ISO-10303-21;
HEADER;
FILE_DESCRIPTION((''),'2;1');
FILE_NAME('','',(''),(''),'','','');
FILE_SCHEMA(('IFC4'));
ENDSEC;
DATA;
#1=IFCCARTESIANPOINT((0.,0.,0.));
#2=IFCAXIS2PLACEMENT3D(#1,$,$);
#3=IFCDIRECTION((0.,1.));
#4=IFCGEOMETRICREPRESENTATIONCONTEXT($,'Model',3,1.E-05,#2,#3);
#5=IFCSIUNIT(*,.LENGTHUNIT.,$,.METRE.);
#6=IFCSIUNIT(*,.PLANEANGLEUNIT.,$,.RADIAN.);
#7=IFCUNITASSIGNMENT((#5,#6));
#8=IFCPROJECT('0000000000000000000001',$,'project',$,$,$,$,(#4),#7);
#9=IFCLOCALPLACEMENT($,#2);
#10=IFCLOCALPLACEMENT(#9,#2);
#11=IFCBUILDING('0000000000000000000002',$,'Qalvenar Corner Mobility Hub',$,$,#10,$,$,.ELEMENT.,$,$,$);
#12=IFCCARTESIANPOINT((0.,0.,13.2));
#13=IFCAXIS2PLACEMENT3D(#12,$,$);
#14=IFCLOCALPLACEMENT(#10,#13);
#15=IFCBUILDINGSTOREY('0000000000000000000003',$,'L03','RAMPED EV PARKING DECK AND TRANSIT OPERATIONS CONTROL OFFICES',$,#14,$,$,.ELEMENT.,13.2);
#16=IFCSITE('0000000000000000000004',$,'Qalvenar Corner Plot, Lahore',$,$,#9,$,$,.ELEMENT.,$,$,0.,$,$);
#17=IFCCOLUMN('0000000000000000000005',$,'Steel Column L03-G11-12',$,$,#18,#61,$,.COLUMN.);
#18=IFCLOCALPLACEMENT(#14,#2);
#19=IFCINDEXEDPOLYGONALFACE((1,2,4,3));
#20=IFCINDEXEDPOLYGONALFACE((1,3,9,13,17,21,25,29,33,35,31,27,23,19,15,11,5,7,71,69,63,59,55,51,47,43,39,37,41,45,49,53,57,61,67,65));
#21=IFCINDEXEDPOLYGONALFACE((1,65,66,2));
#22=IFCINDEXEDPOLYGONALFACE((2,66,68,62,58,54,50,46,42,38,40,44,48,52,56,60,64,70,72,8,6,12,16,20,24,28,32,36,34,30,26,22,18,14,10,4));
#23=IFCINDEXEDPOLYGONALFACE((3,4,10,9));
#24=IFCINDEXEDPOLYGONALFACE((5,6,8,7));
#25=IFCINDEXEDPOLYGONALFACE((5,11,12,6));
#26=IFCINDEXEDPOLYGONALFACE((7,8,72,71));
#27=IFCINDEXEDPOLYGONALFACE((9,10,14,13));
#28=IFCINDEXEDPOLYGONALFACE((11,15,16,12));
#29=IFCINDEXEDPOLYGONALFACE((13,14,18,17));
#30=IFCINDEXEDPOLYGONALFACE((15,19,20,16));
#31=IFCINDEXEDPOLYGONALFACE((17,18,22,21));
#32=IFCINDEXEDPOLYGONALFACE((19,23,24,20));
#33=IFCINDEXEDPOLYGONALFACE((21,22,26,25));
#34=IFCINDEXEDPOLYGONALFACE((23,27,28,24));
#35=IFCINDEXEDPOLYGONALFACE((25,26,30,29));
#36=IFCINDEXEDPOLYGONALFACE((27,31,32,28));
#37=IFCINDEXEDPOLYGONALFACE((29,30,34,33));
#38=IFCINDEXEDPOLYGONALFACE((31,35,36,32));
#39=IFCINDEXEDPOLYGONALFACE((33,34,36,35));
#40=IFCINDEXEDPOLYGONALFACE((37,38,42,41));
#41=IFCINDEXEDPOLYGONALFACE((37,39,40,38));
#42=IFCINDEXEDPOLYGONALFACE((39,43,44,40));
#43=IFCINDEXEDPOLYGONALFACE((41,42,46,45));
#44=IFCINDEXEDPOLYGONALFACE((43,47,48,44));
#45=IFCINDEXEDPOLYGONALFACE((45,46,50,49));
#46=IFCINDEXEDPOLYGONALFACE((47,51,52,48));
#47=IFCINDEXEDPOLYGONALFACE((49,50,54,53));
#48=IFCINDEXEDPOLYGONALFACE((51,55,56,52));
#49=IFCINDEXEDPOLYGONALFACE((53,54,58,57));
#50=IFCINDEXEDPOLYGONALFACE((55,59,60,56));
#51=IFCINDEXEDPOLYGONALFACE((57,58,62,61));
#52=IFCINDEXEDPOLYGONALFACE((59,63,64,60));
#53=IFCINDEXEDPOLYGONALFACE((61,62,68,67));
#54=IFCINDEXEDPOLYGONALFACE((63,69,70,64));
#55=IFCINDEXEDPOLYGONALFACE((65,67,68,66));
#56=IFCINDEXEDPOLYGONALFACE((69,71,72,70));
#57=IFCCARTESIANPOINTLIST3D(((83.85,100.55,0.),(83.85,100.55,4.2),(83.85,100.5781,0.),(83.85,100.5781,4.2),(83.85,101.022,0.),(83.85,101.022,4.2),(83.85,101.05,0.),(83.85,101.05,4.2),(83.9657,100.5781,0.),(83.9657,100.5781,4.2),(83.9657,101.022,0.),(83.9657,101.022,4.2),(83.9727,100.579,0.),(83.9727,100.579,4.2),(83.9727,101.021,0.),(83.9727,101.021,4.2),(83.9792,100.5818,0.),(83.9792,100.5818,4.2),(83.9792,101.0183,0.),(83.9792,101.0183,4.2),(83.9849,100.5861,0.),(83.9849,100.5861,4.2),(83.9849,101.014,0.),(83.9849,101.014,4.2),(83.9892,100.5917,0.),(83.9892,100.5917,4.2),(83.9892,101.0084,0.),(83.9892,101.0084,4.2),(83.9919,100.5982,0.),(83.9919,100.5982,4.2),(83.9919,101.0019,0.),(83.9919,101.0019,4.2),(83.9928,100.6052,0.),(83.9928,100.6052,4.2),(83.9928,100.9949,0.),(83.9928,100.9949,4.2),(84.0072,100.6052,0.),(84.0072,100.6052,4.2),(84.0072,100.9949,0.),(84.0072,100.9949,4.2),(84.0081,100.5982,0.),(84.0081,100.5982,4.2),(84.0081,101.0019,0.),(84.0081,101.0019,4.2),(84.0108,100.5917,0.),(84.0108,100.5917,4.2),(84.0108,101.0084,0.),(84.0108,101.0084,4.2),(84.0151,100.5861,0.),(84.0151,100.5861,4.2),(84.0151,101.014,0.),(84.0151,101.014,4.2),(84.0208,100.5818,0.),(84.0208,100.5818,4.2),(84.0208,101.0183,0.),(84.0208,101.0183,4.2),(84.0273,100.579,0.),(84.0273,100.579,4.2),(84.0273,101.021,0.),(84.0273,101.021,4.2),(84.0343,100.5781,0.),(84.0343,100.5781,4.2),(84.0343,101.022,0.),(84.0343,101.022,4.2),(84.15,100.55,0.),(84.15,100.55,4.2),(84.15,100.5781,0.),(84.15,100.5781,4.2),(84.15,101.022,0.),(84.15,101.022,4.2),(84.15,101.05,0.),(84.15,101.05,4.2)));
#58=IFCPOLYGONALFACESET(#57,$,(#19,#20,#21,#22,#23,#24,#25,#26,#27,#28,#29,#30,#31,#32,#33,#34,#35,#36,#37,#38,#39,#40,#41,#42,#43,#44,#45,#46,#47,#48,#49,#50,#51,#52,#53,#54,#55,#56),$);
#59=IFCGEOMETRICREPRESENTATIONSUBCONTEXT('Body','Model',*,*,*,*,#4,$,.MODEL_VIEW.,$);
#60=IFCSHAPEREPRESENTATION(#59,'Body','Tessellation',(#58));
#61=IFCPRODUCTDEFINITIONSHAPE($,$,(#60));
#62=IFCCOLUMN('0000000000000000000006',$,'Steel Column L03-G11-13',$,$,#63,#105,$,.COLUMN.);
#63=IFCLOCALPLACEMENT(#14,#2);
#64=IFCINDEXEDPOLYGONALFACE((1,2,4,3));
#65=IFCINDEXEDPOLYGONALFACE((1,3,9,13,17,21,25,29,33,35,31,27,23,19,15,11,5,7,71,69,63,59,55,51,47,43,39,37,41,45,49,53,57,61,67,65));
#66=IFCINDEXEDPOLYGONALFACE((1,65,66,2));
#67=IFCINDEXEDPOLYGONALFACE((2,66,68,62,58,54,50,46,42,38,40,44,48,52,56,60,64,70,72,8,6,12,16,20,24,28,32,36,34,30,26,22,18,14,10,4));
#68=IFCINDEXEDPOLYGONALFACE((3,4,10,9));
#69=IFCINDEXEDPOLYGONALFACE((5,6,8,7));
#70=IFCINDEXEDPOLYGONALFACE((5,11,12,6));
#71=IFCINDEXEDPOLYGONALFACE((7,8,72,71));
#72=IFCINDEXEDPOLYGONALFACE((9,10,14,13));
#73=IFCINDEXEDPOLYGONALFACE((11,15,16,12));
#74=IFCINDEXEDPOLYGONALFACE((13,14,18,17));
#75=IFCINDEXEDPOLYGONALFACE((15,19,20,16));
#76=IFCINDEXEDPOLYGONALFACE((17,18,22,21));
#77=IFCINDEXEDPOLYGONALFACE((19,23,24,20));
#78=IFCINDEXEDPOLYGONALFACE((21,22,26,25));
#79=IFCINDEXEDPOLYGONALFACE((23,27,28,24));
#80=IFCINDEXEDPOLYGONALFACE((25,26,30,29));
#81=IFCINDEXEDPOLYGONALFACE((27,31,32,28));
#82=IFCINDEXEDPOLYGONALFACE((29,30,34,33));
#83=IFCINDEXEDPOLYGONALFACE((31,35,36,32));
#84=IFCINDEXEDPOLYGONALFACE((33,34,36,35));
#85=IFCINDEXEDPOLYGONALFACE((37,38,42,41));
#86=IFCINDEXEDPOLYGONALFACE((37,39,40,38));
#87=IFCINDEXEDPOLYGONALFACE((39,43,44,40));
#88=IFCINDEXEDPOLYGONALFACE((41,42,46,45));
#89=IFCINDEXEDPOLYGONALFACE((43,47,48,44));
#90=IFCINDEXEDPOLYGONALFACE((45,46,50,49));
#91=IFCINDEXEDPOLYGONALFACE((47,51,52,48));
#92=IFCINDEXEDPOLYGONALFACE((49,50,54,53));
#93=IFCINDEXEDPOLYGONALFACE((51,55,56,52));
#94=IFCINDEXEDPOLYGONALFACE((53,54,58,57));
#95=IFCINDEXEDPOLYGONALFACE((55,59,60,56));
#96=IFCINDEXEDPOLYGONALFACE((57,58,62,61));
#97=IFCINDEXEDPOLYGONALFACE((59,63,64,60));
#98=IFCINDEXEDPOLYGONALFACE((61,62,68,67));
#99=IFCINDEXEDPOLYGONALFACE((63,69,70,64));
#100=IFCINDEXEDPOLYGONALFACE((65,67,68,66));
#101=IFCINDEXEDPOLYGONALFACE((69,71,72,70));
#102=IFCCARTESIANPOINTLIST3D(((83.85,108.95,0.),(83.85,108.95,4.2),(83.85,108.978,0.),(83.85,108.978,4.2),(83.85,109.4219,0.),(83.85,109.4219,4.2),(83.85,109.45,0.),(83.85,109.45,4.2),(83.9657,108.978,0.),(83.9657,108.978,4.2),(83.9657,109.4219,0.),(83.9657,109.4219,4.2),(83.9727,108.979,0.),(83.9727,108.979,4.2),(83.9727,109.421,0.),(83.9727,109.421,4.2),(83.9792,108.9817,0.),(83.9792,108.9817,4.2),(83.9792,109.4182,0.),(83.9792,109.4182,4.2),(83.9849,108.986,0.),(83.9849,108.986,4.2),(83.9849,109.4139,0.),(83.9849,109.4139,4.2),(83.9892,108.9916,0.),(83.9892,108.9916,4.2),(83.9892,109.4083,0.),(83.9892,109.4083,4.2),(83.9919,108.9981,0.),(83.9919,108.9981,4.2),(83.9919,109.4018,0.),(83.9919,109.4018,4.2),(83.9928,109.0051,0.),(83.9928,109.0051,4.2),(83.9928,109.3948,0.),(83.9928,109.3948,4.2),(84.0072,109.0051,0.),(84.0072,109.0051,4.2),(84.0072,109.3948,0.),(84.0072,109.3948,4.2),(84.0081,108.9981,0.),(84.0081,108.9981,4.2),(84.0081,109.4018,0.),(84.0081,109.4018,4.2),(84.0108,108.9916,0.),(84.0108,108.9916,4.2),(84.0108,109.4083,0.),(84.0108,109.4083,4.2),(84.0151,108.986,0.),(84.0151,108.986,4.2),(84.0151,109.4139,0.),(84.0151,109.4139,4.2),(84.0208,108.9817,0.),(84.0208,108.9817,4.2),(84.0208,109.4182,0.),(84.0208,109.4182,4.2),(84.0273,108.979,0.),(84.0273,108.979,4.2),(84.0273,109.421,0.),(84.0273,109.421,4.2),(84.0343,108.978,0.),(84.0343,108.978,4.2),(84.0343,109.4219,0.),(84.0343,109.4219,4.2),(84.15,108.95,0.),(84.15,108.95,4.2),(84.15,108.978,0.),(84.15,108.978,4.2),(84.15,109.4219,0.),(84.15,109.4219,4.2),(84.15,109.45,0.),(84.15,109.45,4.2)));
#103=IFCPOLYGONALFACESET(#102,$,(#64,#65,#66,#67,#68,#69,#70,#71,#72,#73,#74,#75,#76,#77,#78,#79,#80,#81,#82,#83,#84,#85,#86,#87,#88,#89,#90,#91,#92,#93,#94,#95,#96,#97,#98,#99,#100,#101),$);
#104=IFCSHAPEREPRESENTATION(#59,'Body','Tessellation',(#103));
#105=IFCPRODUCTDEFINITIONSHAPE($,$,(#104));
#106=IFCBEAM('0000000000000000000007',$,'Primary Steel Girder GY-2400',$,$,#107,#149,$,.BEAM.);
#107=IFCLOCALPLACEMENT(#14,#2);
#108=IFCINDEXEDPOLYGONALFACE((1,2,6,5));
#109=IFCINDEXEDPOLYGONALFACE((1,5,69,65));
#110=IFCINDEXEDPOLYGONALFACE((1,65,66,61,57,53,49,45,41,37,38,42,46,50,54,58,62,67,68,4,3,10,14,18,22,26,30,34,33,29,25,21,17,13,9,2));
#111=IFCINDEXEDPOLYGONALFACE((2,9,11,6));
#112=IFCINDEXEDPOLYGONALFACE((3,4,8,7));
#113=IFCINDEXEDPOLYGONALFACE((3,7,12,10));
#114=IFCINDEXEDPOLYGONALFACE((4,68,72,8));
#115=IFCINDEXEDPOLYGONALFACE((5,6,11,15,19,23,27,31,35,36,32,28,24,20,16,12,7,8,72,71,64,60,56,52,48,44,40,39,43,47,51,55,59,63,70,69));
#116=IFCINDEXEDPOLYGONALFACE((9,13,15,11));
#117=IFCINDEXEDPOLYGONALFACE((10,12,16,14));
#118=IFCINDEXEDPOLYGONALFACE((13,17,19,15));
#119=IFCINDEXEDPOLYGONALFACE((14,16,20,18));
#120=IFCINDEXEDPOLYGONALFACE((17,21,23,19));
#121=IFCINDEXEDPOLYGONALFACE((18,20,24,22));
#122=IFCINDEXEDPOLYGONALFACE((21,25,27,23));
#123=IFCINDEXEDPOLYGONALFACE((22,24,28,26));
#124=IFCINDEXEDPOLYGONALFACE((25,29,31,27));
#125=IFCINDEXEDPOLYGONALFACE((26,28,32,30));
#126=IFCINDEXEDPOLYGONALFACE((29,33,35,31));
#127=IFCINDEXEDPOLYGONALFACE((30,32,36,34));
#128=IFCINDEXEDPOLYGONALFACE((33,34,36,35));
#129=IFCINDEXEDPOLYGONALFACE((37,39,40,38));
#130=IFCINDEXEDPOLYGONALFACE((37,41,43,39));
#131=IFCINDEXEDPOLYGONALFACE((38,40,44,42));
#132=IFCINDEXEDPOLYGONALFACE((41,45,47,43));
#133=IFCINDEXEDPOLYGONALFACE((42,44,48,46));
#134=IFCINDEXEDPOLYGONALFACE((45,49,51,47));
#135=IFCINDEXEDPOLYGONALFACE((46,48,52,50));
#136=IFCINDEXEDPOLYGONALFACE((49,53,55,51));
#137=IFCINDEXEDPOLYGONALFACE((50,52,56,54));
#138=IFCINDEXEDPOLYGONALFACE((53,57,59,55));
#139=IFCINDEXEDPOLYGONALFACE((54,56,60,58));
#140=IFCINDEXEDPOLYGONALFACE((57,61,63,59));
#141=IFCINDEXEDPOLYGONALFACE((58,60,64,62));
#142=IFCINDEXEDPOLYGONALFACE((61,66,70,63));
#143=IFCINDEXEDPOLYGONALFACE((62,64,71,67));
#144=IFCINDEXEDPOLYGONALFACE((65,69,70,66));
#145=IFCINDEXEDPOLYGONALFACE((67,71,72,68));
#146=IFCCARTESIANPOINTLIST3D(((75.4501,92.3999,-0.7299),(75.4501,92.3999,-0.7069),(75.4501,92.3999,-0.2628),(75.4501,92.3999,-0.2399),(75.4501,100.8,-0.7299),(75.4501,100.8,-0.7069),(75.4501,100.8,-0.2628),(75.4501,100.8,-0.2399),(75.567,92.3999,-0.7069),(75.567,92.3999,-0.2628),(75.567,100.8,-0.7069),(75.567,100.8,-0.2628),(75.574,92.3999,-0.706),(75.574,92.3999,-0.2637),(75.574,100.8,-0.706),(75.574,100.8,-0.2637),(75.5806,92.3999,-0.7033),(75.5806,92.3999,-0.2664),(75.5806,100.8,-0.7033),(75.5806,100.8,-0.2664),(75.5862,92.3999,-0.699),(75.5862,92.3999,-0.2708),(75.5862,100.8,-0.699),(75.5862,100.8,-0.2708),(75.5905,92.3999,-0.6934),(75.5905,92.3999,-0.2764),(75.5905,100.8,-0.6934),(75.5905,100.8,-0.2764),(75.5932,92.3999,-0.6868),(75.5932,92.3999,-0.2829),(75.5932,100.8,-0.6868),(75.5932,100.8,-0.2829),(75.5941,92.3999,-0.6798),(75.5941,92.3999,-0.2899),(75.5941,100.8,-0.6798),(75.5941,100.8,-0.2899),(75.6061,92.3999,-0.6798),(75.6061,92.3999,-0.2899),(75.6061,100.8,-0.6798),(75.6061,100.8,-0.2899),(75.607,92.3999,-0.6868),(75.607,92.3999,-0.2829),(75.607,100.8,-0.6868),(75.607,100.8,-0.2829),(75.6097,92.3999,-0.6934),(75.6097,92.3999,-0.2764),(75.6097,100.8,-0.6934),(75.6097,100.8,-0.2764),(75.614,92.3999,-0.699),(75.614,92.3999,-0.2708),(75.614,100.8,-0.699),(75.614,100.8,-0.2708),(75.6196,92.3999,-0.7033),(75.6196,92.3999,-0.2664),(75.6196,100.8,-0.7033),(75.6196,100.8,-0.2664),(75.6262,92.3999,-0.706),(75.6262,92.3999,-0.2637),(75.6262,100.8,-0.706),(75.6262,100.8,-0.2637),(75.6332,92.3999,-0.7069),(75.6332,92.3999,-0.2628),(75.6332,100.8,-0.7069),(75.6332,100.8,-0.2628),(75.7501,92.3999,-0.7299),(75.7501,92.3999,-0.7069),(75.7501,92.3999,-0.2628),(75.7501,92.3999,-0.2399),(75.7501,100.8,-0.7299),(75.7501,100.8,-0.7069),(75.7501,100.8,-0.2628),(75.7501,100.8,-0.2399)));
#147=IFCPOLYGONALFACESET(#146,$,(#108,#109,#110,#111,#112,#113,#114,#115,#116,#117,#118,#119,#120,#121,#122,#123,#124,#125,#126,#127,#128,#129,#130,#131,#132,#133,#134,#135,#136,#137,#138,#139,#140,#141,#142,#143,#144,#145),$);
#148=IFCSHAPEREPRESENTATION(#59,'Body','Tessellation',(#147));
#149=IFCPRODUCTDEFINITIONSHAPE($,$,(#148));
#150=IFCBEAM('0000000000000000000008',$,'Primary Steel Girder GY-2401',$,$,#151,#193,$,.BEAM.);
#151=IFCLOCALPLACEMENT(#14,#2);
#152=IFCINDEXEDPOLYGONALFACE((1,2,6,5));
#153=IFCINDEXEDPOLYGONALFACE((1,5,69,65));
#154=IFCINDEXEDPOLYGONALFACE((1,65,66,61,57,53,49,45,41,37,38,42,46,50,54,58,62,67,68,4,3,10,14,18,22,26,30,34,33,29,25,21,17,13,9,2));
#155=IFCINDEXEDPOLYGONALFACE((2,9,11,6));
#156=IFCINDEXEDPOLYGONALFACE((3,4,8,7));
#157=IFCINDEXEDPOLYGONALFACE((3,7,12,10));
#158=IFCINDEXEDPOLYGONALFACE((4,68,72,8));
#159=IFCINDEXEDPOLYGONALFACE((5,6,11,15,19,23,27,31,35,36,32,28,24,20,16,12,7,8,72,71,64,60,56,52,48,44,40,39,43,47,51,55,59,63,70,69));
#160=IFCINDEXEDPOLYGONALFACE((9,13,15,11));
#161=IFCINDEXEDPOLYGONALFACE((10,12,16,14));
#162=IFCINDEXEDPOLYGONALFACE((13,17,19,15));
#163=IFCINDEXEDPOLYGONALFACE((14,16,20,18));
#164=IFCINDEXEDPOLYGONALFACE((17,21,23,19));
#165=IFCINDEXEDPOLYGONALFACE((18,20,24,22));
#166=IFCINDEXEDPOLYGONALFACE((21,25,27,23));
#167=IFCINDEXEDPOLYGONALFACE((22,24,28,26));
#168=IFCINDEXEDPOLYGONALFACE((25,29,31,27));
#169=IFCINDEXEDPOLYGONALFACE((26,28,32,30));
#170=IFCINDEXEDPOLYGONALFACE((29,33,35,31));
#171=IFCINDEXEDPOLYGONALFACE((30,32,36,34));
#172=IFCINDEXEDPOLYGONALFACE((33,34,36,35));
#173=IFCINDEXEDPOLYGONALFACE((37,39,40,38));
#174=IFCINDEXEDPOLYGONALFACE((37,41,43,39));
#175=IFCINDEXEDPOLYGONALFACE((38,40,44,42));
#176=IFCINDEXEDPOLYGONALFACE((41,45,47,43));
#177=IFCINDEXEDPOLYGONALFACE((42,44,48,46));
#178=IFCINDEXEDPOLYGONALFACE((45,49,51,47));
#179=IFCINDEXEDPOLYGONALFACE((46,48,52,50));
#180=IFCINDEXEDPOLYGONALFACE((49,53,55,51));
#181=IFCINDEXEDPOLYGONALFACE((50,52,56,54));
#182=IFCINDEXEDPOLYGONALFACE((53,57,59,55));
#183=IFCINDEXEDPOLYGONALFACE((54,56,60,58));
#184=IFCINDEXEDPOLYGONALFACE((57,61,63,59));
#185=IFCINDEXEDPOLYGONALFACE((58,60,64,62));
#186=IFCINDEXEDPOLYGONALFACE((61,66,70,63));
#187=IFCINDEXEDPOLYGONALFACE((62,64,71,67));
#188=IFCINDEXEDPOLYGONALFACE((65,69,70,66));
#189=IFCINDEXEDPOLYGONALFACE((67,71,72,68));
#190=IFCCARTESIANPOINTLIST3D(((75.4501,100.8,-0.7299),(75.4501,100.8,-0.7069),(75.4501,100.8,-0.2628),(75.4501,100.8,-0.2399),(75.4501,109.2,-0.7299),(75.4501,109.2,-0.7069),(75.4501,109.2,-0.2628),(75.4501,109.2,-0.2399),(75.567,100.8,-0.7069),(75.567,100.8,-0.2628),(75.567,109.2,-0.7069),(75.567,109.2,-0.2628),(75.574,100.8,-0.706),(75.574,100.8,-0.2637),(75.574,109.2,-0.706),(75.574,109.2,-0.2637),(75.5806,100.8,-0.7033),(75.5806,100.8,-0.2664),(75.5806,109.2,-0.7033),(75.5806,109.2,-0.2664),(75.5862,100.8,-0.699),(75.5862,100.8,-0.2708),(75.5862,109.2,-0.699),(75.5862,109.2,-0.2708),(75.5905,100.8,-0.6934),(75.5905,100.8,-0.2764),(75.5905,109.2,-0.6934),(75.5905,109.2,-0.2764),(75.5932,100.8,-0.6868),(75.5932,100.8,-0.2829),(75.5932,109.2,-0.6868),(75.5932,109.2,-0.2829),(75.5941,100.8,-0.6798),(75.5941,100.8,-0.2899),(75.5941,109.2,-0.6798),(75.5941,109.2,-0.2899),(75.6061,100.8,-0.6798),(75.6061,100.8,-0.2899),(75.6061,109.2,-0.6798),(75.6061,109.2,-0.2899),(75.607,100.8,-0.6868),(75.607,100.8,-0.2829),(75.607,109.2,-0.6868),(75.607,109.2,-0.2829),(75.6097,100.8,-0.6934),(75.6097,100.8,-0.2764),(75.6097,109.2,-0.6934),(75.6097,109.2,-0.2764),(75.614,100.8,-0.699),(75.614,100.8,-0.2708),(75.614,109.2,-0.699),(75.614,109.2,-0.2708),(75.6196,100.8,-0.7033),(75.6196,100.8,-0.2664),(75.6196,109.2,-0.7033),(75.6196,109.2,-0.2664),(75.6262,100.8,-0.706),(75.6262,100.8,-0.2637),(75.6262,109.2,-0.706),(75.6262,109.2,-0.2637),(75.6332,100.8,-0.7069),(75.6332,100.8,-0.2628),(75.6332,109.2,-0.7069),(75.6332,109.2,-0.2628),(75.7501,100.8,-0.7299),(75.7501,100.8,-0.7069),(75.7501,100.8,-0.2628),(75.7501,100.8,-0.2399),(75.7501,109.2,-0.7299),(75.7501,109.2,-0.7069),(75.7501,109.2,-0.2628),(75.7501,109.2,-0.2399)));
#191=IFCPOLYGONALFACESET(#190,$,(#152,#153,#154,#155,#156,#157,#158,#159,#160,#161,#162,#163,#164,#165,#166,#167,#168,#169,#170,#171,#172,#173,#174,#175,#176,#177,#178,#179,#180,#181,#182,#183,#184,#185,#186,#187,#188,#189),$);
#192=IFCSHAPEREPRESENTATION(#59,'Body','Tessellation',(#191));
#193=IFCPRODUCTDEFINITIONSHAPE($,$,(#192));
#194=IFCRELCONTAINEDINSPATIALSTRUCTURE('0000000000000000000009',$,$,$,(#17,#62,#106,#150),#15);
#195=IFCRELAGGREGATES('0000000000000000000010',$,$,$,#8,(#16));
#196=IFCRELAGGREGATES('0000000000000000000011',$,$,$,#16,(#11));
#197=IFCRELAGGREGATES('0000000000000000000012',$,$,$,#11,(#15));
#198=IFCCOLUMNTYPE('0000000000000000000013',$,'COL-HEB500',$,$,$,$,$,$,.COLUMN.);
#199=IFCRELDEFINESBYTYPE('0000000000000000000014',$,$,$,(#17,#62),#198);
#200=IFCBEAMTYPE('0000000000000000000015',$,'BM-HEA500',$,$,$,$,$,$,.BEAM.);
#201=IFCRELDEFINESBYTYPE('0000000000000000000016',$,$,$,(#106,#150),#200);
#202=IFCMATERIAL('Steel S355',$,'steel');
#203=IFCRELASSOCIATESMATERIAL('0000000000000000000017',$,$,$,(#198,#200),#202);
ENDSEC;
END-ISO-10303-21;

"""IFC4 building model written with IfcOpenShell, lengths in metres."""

from ifc_helpers import new_model, si_unit, direction, frame, origin, origin_2d, place, context, subcontext, project, spatial, i_section, extrude, material, material_profile, profile_set, type_object, element, save


model = new_model("IFC4")

# Units and contexts
model_context = context("Model", 3, precision=1e-05, world=origin(), true_north=direction((0.0, 1.0)))
body_context = subcontext(model_context, "Body", "Model", "MODEL_VIEW")
ifc_project = project(units=[si_unit("LENGTHUNIT", "METRE"), si_unit("PLANEANGLEUNIT", "RADIAN")], contexts=[model_context])

# Site, building, storey
site_placement = place(None, origin())
site = spatial("IfcSite", under=ifc_project, at=site_placement, Name="Qalvenar Corner Plot, Lahore", CompositionType="ELEMENT", RefElevation=0.0)
building_placement = place(site_placement, origin())
building = spatial("IfcBuilding", under=site, at=building_placement, Name="Qalvenar Corner Mobility Hub", CompositionType="ELEMENT")
storey_placement = place(building_placement, frame((0.0, 0.0, 13.2)))
storey = spatial("IfcBuildingStorey", under=building, at=storey_placement, Name="L03", Description="RAMPED EV PARKING DECK AND TRANSIT OPERATIONS CONTROL OFFICES", CompositionType="ELEMENT", Elevation=13.2)

# Columns
ifc_material = material(Name="Steel S355", Category="steel")
ifc_material_profile_1 = material_profile(ifc_material, i_section(OverallWidth=0.3, OverallDepth=0.5, WebThickness=0.0144, FlangeThickness=0.0281, FilletRadius=0.0271, at=origin_2d()), Name="HEB500")
ifc_profile_set_1 = profile_set([ifc_material_profile_1], Name="Steel S355")
column_type_1 = type_object("IfcColumnType", Name="COL-HEB500", PredefinedType="COLUMN", material=ifc_profile_set_1)
for number, where, z_axis, x_axis, name in (
    (1, (84.0, 100.8, 0.0), (0.0, 0.0, 1.0), (1.0, 0.0, 0.0), "Steel Column L03-G11-12"),
    (2, (84.0, 109.2, 0.0), (0.0, 0.0, 1.0), (1.0, 0.0, 0.0), "Steel Column L03-G11-13"),
):
    element("IfcColumn", number, at=place(storey_placement, frame(where, z_axis=z_axis, x_axis=x_axis)), inside=storey, type_object=column_type_1, Name=name, PredefinedType="COLUMN", context=body_context, shape_type="SweptSolid", body=[
        extrude(i_section(OverallWidth=0.3, OverallDepth=0.5, WebThickness=0.0144, FlangeThickness=0.0281, FilletRadius=0.0271, at=origin_2d()), origin(), (0.0, 0.0, 1.0), 4.2),
    ])

# Beams
ifc_material_profile_2 = material_profile(ifc_material, i_section(OverallWidth=0.3, OverallDepth=0.49, WebThickness=0.012, FlangeThickness=0.0229, FilletRadius=0.0271, at=origin_2d()), Name="HEA500")
ifc_profile_set_2 = profile_set([ifc_material_profile_2], Name="Steel S355")
beam_type_1 = type_object("IfcBeamType", Name="BM-HEA500", PredefinedType="BEAM", material=ifc_profile_set_2)
beam_1_placement = place(storey_placement, frame((75.6001, 92.3999, -0.4849), z_axis=(0.0, 1.0, 0.0), x_axis=(-1.0, 0.0, 0.0)))
element("IfcBeam", 3, at=beam_1_placement, inside=storey, type_object=beam_type_1, Name="Primary Steel Girder GY-2400", PredefinedType="BEAM", context=body_context, shape_type="SweptSolid", body=[
    extrude(i_section(OverallWidth=0.3, OverallDepth=0.49, WebThickness=0.012, FlangeThickness=0.0229, FilletRadius=0.0271, at=origin_2d()), origin(), (0.0, 0.0, 1.0), 8.4001),
])
beam_2_placement = place(storey_placement, frame((75.6001, 100.8, -0.4849), z_axis=(0.0, 1.0, 0.0), x_axis=(-1.0, 0.0, 0.0)))
element("IfcBeam", 4, at=beam_2_placement, inside=storey, type_object=beam_type_1, Name="Primary Steel Girder GY-2401", PredefinedType="BEAM", context=body_context, shape_type="SweptSolid", body=[
    extrude(i_section(OverallWidth=0.3, OverallDepth=0.49, WebThickness=0.012, FlangeThickness=0.0229, FilletRadius=0.0271, at=origin_2d()), origin(), (0.0, 0.0, 1.0), 8.3999),
])

save(model, "model.ifc")
